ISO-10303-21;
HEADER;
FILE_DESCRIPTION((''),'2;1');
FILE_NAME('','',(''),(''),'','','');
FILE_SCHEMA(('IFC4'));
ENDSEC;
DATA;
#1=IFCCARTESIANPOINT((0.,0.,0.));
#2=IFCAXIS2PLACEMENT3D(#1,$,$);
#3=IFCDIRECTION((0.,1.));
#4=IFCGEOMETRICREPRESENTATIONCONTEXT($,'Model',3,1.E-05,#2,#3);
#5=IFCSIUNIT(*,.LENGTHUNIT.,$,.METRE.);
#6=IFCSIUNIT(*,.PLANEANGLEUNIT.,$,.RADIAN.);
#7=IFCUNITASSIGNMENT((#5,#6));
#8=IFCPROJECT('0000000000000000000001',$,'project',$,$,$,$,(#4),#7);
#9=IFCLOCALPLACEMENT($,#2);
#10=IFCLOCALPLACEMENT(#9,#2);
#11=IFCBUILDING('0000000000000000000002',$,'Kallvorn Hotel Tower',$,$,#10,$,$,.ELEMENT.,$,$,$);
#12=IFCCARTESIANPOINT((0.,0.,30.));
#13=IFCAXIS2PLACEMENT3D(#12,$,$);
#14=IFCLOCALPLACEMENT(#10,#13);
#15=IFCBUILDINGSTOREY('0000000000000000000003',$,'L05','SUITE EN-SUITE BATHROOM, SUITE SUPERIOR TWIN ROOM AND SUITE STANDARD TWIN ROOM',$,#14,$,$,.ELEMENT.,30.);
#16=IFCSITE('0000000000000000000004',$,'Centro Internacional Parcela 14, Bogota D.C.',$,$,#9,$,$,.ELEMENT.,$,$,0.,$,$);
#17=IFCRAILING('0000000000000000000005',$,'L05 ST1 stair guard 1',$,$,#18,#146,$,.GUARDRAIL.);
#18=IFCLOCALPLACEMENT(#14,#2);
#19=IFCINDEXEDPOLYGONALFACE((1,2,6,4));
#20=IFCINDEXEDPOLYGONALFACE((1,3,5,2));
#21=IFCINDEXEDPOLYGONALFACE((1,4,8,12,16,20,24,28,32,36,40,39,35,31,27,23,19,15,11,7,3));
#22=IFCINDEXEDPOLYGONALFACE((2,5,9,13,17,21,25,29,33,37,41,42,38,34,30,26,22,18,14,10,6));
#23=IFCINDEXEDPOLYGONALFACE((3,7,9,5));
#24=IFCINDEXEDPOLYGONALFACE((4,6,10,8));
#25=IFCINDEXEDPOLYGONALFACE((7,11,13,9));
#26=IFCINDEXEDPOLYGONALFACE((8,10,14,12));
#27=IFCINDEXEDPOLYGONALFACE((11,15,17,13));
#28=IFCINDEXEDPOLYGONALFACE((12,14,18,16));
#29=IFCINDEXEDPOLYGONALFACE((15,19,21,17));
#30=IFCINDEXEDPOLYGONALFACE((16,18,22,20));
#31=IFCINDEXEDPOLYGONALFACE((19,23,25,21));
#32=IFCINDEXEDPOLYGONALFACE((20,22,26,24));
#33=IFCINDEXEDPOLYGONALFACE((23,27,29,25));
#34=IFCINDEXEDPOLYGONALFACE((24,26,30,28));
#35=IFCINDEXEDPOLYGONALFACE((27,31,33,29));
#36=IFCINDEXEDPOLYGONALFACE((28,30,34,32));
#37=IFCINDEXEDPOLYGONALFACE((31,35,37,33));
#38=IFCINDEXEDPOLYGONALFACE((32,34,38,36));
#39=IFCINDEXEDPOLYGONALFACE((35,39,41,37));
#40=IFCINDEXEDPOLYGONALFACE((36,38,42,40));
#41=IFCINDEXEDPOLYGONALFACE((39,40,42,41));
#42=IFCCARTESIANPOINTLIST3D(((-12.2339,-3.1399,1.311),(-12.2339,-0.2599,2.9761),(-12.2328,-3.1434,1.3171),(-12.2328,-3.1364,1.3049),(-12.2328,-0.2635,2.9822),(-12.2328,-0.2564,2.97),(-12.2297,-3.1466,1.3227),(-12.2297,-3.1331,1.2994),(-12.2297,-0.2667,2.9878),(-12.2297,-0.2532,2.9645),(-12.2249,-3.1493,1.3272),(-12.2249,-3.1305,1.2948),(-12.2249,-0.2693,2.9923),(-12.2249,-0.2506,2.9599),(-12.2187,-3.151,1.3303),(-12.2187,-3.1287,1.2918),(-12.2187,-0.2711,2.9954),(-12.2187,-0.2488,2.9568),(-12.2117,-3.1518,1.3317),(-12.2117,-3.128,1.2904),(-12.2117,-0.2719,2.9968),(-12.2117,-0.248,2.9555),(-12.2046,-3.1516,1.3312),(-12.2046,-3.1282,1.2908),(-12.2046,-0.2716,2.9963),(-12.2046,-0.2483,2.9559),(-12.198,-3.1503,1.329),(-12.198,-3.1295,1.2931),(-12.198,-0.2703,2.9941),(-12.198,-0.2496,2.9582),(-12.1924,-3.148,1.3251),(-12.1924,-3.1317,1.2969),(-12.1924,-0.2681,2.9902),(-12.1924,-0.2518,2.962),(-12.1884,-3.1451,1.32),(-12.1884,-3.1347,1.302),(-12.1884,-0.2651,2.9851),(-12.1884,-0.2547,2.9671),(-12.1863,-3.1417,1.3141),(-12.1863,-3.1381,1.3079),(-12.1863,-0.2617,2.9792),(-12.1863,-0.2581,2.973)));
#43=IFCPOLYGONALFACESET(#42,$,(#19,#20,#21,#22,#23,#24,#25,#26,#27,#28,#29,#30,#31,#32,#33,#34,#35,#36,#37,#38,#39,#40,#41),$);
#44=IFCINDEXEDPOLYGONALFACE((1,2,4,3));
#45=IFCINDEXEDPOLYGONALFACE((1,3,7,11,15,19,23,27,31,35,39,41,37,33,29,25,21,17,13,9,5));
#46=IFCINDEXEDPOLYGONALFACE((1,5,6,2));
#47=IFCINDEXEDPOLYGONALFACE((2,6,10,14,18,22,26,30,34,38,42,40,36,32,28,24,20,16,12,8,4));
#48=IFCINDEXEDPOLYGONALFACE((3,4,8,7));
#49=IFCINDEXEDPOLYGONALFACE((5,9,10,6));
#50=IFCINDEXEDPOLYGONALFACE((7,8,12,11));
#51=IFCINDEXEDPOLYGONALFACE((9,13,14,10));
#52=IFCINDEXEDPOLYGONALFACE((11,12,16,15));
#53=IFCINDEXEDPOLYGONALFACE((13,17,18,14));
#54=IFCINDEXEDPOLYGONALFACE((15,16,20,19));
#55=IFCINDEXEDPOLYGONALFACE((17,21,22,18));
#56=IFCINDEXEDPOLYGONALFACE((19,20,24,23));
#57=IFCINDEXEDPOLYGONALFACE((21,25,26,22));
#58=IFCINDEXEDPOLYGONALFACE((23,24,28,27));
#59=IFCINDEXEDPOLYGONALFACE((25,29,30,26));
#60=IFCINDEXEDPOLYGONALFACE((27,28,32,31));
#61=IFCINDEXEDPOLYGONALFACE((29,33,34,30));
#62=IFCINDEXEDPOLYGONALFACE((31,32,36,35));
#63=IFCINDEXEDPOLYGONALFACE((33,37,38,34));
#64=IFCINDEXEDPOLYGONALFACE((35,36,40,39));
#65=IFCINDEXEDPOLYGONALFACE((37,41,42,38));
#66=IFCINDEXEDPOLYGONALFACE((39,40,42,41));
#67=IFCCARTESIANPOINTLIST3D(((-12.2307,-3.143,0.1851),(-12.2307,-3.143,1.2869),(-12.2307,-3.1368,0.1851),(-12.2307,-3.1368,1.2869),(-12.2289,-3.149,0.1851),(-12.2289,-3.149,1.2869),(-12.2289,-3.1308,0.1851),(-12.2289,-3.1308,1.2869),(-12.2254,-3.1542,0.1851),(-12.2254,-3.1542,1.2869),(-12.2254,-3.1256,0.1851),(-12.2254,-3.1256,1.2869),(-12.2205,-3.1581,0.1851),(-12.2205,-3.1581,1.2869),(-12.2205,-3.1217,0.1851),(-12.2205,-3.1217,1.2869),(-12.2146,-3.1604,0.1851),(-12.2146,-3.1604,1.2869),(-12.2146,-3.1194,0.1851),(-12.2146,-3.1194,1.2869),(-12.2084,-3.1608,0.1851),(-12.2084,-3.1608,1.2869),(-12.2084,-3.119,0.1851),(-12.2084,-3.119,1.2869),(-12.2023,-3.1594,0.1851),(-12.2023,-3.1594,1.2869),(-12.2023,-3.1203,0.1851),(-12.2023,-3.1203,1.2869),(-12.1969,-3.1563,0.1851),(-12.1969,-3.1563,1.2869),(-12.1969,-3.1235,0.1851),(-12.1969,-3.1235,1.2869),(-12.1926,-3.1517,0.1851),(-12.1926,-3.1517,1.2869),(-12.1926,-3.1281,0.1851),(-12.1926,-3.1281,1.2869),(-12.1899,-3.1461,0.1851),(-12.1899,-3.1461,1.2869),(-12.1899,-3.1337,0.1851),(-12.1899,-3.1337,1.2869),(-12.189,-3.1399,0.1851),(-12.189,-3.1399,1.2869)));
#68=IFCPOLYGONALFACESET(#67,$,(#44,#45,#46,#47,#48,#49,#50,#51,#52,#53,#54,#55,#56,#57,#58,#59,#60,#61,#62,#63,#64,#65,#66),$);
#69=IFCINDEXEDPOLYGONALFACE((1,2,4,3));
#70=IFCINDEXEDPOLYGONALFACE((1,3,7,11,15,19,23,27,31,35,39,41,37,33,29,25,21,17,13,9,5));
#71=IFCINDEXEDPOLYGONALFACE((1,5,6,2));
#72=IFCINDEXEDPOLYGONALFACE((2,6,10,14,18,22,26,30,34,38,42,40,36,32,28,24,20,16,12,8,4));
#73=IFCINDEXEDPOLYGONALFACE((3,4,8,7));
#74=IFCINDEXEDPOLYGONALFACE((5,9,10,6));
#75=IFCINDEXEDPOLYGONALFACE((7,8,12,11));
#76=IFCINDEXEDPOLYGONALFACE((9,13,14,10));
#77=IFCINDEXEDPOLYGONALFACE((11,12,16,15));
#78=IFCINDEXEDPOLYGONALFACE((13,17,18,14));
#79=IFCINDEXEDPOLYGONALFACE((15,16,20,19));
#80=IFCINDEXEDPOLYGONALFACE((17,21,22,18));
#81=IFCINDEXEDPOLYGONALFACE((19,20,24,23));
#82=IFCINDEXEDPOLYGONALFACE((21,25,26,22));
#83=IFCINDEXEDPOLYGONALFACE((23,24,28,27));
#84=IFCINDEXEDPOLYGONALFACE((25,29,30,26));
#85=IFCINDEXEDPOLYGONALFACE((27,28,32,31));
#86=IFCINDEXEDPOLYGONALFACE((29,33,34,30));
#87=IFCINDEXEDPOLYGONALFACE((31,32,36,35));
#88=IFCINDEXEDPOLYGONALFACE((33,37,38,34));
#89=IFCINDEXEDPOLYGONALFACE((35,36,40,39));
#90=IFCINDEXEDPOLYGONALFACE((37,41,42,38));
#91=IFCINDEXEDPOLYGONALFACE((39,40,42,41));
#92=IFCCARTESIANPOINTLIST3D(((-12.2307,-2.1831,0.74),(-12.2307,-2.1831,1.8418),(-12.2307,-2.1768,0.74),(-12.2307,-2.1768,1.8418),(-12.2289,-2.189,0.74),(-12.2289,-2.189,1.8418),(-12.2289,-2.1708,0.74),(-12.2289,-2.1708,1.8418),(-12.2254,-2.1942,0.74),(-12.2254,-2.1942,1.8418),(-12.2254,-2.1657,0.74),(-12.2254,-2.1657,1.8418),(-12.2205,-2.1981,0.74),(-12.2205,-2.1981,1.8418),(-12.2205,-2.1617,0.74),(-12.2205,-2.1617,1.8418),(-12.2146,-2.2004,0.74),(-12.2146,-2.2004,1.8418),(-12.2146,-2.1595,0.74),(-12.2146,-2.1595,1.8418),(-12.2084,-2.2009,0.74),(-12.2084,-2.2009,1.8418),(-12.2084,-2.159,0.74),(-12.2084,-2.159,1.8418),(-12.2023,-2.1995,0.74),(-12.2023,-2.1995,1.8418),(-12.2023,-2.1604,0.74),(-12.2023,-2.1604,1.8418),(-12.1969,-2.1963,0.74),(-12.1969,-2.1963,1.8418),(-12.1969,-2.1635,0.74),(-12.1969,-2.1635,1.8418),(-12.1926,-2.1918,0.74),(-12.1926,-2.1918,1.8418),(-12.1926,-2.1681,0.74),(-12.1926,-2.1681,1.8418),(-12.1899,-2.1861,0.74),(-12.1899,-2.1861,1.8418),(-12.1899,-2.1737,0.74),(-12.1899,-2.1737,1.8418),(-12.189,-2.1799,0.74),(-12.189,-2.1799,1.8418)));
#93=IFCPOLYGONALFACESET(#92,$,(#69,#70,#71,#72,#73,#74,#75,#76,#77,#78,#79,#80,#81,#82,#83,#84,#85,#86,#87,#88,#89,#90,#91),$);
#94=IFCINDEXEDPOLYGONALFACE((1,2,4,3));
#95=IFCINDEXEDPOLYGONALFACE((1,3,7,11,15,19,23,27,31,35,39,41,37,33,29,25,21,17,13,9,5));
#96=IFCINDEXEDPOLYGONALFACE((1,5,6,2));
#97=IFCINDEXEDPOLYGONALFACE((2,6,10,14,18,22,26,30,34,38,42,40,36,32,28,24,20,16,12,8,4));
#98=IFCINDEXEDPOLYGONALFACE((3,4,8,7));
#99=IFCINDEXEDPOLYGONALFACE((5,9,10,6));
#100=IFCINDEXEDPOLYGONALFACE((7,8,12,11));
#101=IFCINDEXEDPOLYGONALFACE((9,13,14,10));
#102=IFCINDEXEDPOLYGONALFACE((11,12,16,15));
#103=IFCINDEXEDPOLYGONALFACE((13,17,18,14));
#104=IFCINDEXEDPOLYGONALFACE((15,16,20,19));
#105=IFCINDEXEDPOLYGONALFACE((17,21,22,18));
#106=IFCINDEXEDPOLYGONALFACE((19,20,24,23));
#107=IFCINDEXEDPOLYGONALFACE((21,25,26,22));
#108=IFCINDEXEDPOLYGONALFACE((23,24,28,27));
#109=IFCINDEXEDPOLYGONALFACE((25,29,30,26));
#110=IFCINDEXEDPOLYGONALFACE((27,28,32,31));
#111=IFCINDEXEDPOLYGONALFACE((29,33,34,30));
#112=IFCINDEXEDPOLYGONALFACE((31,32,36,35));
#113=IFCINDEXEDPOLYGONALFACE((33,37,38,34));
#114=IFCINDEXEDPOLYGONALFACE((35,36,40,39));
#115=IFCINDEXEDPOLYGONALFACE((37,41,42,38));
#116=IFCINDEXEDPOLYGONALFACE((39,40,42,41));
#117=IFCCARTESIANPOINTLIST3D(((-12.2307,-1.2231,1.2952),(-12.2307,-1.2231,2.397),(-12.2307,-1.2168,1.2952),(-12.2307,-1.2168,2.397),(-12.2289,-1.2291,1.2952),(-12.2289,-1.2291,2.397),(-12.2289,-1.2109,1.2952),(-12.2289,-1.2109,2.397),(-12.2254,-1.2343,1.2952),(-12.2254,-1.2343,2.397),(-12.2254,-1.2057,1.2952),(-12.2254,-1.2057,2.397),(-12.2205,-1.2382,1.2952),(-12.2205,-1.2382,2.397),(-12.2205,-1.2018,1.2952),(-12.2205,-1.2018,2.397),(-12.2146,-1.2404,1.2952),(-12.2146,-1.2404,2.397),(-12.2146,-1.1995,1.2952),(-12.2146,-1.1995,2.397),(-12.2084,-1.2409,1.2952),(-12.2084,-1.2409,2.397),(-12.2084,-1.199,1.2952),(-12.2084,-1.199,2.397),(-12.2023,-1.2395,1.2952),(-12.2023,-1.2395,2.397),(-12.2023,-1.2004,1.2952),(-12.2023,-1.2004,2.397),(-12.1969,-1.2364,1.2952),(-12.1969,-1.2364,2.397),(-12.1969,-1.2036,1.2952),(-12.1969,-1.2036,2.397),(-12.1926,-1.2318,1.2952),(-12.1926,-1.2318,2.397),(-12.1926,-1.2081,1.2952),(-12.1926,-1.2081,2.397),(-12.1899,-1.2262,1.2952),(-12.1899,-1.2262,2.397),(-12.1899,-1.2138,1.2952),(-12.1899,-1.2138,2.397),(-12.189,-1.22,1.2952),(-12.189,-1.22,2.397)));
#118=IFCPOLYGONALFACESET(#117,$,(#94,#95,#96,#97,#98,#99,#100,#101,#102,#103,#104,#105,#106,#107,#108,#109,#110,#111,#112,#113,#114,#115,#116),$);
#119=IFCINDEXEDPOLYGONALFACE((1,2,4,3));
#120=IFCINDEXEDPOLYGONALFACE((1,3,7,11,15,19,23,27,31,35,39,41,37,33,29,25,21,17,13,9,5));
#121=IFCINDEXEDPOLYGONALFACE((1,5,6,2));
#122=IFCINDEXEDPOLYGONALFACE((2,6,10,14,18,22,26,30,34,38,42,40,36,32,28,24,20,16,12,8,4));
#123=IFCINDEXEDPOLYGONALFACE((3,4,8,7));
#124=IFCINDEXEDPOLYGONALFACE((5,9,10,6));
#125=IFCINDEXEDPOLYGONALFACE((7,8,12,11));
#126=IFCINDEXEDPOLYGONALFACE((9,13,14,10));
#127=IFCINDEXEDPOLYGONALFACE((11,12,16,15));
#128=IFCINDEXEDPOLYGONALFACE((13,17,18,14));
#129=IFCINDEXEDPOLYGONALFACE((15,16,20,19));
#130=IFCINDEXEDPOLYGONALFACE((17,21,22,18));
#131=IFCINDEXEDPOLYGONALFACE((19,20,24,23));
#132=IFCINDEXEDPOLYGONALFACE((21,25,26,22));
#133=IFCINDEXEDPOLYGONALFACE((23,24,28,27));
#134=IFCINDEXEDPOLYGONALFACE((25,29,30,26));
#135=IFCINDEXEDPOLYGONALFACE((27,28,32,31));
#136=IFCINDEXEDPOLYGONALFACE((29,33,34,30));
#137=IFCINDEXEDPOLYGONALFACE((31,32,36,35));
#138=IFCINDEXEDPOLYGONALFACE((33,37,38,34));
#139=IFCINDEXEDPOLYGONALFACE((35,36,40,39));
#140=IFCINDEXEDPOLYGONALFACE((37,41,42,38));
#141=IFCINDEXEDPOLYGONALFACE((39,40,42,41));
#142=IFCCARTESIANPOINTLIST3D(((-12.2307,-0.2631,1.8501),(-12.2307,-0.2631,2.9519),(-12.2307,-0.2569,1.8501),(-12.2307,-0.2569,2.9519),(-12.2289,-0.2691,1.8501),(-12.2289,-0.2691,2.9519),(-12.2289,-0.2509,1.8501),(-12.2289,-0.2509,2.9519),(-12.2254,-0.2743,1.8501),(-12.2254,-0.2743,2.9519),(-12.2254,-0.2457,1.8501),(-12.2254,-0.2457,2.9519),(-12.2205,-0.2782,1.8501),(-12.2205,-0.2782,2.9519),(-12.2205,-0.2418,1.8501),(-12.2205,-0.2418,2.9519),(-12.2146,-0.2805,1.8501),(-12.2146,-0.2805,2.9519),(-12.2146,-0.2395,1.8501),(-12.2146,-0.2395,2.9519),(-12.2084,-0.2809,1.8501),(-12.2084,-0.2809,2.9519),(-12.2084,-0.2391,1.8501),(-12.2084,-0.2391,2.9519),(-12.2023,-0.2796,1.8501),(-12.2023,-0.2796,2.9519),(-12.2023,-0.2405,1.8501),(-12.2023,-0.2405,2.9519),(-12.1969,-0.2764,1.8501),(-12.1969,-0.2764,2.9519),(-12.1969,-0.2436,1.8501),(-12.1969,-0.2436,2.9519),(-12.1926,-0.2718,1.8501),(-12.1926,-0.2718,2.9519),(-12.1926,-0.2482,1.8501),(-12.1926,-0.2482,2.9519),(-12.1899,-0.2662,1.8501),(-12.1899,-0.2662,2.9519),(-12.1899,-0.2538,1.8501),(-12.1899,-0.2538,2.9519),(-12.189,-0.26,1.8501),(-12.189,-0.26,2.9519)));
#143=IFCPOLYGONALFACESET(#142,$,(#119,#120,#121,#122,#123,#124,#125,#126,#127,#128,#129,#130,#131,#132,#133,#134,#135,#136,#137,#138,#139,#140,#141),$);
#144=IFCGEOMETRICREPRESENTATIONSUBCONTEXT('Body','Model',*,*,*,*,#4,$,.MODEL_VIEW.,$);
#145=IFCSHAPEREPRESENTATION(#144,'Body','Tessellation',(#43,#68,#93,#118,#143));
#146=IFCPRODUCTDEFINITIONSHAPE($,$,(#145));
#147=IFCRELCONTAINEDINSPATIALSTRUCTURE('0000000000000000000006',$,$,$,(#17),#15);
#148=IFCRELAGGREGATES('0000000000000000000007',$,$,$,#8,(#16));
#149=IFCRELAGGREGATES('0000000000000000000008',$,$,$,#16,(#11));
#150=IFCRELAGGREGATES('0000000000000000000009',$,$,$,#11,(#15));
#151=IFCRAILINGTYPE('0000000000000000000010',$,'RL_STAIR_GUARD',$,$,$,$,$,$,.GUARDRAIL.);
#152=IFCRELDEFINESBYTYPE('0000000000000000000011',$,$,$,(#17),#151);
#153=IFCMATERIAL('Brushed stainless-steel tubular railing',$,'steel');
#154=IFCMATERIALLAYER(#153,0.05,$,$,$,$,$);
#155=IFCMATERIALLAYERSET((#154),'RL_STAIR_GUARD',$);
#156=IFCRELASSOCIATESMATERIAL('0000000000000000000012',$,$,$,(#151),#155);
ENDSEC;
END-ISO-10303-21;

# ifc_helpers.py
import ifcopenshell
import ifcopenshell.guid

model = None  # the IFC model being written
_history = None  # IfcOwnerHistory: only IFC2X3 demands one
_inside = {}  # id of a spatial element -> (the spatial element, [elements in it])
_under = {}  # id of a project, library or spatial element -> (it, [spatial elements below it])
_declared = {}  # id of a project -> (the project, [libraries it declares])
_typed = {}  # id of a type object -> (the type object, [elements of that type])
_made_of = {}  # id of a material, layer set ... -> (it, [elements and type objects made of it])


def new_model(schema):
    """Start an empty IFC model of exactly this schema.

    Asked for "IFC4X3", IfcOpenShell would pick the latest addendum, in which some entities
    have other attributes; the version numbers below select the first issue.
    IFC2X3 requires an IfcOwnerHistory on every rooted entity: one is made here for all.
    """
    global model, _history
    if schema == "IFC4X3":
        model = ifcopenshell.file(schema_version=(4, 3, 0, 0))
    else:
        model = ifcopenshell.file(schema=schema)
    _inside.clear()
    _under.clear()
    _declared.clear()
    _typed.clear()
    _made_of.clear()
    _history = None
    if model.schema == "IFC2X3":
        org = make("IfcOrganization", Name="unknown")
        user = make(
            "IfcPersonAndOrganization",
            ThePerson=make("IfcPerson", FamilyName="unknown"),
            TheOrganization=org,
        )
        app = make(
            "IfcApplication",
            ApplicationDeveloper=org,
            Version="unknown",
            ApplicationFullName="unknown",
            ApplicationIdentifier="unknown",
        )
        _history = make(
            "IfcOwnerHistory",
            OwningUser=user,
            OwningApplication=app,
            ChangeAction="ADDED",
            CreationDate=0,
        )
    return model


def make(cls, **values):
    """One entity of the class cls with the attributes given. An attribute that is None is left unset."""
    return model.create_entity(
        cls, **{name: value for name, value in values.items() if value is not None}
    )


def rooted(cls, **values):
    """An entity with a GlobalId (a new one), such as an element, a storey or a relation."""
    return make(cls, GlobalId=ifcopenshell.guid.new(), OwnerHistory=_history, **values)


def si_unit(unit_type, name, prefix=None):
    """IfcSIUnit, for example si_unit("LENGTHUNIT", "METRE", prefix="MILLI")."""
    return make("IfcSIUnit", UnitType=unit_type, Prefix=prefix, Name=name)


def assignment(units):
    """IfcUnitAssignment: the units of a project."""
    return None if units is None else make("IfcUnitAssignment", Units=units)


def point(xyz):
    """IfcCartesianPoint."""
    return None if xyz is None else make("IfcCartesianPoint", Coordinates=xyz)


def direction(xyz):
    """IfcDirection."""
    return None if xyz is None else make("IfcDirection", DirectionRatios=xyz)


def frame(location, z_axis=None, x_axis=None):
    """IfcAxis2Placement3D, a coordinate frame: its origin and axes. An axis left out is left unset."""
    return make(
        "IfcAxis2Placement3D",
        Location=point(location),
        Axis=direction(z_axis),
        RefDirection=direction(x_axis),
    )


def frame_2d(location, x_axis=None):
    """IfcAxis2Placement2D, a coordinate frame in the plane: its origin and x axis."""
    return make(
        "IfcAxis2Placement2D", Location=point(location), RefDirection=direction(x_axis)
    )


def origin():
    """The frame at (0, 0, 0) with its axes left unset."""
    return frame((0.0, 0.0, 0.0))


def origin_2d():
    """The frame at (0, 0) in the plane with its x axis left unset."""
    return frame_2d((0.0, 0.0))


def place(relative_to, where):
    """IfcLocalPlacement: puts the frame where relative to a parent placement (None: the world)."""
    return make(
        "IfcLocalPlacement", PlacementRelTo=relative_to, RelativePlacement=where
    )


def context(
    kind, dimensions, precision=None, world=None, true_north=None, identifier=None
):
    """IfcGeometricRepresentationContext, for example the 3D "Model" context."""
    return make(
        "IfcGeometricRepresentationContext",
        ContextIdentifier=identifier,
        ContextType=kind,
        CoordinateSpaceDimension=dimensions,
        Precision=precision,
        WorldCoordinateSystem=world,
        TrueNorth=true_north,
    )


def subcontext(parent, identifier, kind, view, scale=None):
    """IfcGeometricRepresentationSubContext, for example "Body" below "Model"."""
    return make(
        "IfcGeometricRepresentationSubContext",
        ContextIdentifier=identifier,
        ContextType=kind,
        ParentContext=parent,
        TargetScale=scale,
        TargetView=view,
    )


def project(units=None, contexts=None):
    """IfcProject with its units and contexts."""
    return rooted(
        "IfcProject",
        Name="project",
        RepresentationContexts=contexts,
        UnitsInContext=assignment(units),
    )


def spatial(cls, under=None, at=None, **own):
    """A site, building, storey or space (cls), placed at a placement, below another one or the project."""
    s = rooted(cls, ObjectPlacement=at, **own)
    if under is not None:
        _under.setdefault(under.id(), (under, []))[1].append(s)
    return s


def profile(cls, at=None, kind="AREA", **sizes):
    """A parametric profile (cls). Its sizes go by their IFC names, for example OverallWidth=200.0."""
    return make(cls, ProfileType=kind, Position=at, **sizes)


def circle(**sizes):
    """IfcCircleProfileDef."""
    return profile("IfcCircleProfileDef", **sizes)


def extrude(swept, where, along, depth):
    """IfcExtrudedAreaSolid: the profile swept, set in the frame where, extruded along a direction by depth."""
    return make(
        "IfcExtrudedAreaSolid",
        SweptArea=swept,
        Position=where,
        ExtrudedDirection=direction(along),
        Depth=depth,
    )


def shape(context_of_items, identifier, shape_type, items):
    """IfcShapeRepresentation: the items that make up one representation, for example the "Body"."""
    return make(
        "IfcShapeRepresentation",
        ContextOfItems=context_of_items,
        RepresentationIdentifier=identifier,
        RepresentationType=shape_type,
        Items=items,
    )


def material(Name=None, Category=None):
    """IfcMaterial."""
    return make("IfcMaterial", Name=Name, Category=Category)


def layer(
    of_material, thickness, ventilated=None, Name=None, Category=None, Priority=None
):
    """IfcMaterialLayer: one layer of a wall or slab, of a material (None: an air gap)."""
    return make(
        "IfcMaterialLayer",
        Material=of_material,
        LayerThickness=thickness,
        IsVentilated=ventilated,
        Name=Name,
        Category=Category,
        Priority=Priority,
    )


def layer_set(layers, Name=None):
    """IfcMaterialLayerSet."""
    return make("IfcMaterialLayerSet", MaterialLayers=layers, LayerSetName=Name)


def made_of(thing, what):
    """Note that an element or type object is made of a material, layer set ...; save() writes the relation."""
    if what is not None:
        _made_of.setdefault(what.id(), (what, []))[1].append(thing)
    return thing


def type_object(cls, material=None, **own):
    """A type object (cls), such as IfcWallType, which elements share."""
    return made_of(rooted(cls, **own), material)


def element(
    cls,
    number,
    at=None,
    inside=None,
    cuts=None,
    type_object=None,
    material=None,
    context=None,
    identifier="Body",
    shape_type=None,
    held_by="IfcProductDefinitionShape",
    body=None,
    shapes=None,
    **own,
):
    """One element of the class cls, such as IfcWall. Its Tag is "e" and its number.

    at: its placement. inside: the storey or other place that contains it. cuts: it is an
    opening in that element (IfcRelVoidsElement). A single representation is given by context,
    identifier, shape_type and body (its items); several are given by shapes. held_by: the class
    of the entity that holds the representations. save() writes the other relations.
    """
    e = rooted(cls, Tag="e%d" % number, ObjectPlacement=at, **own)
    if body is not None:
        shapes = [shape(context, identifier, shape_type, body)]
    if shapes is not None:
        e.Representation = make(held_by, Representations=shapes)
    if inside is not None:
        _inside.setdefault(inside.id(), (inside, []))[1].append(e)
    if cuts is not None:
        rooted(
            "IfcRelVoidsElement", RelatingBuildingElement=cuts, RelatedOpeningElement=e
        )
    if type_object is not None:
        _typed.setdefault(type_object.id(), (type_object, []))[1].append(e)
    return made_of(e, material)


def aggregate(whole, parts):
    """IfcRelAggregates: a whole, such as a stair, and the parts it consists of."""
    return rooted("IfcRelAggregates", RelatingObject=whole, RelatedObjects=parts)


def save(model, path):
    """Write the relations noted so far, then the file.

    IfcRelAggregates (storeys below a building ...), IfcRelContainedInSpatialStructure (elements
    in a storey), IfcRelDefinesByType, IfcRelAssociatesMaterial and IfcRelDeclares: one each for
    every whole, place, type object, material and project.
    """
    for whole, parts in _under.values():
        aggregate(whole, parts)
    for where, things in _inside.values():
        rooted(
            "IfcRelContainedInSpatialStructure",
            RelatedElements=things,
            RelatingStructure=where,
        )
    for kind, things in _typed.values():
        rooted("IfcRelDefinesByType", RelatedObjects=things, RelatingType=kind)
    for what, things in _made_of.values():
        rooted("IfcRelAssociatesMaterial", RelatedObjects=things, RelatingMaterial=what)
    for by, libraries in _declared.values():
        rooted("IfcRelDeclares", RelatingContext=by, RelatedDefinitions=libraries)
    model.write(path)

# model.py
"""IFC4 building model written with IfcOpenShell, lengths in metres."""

from ifc_helpers import new_model, si_unit, direction, frame, origin, origin_2d, place, context, subcontext, project, spatial, circle, extrude, material, layer, layer_set, type_object, element, save


model = new_model("IFC4")

# Units and contexts
model_context = context("Model", 3, precision=1e-05, world=origin(), true_north=direction((0.0, 1.0)))
body_context = subcontext(model_context, "Body", "Model", "MODEL_VIEW")
ifc_project = project(units=[si_unit("LENGTHUNIT", "METRE"), si_unit("PLANEANGLEUNIT", "RADIAN")], contexts=[model_context])

# Site, building, storey
site_placement = place(None, origin())
site = spatial("IfcSite", under=ifc_project, at=site_placement, Name="Centro Internacional Parcela 14, Bogota D.C.", CompositionType="ELEMENT", RefElevation=0.0)
building_placement = place(site_placement, origin())
building = spatial("IfcBuilding", under=site, at=building_placement, Name="Kallvorn Hotel Tower", CompositionType="ELEMENT")
storey_placement = place(building_placement, frame((0.0, 0.0, 30.0)))
storey = spatial("IfcBuildingStorey", under=building, at=storey_placement, Name="L05", Description="SUITE EN-SUITE BATHROOM, SUITE SUPERIOR TWIN ROOM AND SUITE STANDARD TWIN ROOM", CompositionType="ELEMENT", Elevation=30.0)

# Railing
ifc_material_1 = material(Name="Brushed stainless-steel tubular railing", Category="steel")
ifc_layer_1 = layer(ifc_material_1, 0.05)
ifc_layer_set_1 = layer_set([ifc_layer_1], Name="RL_STAIR_GUARD")
railing_type = type_object("IfcRailingType", Name="RL_STAIR_GUARD", PredefinedType="GUARDRAIL", material=ifc_layer_set_1)
railing_1_placement = place(storey_placement, frame((-12.21, -3.1399, 0.1851)))
element("IfcRailing", 1, at=railing_1_placement, inside=storey, type_object=railing_type, Name="L05 ST1 stair guard 1", PredefinedType="GUARDRAIL", context=body_context, shape_type="SweptSolid", body=[
    extrude(circle(Radius=0.0239, at=origin_2d()), frame((0.0, 0.0, 1.126), z_axis=(0.0, 0.865721, 0.500527), x_axis=(-1.0, 0.0, 0.0)), (0.0, 0.0, 1.0), 3.3267),
    extrude(circle(Radius=0.021, at=origin_2d()), origin(), (0.0, 0.0, 1.0), 1.1018),
    extrude(circle(Radius=0.021, at=origin_2d()), frame((0.0, 0.96, 0.5549)), (0.0, 0.0, 1.0), 1.1018),
    extrude(circle(Radius=0.021, at=origin_2d()), frame((0.0, 1.9199, 1.1101)), (0.0, 0.0, 1.0), 1.1018),
    extrude(circle(Radius=0.021, at=origin_2d()), frame((0.0, 2.8799, 1.665)), (0.0, 0.0, 1.0), 1.1018),
])

save(model, "model.ifc")
